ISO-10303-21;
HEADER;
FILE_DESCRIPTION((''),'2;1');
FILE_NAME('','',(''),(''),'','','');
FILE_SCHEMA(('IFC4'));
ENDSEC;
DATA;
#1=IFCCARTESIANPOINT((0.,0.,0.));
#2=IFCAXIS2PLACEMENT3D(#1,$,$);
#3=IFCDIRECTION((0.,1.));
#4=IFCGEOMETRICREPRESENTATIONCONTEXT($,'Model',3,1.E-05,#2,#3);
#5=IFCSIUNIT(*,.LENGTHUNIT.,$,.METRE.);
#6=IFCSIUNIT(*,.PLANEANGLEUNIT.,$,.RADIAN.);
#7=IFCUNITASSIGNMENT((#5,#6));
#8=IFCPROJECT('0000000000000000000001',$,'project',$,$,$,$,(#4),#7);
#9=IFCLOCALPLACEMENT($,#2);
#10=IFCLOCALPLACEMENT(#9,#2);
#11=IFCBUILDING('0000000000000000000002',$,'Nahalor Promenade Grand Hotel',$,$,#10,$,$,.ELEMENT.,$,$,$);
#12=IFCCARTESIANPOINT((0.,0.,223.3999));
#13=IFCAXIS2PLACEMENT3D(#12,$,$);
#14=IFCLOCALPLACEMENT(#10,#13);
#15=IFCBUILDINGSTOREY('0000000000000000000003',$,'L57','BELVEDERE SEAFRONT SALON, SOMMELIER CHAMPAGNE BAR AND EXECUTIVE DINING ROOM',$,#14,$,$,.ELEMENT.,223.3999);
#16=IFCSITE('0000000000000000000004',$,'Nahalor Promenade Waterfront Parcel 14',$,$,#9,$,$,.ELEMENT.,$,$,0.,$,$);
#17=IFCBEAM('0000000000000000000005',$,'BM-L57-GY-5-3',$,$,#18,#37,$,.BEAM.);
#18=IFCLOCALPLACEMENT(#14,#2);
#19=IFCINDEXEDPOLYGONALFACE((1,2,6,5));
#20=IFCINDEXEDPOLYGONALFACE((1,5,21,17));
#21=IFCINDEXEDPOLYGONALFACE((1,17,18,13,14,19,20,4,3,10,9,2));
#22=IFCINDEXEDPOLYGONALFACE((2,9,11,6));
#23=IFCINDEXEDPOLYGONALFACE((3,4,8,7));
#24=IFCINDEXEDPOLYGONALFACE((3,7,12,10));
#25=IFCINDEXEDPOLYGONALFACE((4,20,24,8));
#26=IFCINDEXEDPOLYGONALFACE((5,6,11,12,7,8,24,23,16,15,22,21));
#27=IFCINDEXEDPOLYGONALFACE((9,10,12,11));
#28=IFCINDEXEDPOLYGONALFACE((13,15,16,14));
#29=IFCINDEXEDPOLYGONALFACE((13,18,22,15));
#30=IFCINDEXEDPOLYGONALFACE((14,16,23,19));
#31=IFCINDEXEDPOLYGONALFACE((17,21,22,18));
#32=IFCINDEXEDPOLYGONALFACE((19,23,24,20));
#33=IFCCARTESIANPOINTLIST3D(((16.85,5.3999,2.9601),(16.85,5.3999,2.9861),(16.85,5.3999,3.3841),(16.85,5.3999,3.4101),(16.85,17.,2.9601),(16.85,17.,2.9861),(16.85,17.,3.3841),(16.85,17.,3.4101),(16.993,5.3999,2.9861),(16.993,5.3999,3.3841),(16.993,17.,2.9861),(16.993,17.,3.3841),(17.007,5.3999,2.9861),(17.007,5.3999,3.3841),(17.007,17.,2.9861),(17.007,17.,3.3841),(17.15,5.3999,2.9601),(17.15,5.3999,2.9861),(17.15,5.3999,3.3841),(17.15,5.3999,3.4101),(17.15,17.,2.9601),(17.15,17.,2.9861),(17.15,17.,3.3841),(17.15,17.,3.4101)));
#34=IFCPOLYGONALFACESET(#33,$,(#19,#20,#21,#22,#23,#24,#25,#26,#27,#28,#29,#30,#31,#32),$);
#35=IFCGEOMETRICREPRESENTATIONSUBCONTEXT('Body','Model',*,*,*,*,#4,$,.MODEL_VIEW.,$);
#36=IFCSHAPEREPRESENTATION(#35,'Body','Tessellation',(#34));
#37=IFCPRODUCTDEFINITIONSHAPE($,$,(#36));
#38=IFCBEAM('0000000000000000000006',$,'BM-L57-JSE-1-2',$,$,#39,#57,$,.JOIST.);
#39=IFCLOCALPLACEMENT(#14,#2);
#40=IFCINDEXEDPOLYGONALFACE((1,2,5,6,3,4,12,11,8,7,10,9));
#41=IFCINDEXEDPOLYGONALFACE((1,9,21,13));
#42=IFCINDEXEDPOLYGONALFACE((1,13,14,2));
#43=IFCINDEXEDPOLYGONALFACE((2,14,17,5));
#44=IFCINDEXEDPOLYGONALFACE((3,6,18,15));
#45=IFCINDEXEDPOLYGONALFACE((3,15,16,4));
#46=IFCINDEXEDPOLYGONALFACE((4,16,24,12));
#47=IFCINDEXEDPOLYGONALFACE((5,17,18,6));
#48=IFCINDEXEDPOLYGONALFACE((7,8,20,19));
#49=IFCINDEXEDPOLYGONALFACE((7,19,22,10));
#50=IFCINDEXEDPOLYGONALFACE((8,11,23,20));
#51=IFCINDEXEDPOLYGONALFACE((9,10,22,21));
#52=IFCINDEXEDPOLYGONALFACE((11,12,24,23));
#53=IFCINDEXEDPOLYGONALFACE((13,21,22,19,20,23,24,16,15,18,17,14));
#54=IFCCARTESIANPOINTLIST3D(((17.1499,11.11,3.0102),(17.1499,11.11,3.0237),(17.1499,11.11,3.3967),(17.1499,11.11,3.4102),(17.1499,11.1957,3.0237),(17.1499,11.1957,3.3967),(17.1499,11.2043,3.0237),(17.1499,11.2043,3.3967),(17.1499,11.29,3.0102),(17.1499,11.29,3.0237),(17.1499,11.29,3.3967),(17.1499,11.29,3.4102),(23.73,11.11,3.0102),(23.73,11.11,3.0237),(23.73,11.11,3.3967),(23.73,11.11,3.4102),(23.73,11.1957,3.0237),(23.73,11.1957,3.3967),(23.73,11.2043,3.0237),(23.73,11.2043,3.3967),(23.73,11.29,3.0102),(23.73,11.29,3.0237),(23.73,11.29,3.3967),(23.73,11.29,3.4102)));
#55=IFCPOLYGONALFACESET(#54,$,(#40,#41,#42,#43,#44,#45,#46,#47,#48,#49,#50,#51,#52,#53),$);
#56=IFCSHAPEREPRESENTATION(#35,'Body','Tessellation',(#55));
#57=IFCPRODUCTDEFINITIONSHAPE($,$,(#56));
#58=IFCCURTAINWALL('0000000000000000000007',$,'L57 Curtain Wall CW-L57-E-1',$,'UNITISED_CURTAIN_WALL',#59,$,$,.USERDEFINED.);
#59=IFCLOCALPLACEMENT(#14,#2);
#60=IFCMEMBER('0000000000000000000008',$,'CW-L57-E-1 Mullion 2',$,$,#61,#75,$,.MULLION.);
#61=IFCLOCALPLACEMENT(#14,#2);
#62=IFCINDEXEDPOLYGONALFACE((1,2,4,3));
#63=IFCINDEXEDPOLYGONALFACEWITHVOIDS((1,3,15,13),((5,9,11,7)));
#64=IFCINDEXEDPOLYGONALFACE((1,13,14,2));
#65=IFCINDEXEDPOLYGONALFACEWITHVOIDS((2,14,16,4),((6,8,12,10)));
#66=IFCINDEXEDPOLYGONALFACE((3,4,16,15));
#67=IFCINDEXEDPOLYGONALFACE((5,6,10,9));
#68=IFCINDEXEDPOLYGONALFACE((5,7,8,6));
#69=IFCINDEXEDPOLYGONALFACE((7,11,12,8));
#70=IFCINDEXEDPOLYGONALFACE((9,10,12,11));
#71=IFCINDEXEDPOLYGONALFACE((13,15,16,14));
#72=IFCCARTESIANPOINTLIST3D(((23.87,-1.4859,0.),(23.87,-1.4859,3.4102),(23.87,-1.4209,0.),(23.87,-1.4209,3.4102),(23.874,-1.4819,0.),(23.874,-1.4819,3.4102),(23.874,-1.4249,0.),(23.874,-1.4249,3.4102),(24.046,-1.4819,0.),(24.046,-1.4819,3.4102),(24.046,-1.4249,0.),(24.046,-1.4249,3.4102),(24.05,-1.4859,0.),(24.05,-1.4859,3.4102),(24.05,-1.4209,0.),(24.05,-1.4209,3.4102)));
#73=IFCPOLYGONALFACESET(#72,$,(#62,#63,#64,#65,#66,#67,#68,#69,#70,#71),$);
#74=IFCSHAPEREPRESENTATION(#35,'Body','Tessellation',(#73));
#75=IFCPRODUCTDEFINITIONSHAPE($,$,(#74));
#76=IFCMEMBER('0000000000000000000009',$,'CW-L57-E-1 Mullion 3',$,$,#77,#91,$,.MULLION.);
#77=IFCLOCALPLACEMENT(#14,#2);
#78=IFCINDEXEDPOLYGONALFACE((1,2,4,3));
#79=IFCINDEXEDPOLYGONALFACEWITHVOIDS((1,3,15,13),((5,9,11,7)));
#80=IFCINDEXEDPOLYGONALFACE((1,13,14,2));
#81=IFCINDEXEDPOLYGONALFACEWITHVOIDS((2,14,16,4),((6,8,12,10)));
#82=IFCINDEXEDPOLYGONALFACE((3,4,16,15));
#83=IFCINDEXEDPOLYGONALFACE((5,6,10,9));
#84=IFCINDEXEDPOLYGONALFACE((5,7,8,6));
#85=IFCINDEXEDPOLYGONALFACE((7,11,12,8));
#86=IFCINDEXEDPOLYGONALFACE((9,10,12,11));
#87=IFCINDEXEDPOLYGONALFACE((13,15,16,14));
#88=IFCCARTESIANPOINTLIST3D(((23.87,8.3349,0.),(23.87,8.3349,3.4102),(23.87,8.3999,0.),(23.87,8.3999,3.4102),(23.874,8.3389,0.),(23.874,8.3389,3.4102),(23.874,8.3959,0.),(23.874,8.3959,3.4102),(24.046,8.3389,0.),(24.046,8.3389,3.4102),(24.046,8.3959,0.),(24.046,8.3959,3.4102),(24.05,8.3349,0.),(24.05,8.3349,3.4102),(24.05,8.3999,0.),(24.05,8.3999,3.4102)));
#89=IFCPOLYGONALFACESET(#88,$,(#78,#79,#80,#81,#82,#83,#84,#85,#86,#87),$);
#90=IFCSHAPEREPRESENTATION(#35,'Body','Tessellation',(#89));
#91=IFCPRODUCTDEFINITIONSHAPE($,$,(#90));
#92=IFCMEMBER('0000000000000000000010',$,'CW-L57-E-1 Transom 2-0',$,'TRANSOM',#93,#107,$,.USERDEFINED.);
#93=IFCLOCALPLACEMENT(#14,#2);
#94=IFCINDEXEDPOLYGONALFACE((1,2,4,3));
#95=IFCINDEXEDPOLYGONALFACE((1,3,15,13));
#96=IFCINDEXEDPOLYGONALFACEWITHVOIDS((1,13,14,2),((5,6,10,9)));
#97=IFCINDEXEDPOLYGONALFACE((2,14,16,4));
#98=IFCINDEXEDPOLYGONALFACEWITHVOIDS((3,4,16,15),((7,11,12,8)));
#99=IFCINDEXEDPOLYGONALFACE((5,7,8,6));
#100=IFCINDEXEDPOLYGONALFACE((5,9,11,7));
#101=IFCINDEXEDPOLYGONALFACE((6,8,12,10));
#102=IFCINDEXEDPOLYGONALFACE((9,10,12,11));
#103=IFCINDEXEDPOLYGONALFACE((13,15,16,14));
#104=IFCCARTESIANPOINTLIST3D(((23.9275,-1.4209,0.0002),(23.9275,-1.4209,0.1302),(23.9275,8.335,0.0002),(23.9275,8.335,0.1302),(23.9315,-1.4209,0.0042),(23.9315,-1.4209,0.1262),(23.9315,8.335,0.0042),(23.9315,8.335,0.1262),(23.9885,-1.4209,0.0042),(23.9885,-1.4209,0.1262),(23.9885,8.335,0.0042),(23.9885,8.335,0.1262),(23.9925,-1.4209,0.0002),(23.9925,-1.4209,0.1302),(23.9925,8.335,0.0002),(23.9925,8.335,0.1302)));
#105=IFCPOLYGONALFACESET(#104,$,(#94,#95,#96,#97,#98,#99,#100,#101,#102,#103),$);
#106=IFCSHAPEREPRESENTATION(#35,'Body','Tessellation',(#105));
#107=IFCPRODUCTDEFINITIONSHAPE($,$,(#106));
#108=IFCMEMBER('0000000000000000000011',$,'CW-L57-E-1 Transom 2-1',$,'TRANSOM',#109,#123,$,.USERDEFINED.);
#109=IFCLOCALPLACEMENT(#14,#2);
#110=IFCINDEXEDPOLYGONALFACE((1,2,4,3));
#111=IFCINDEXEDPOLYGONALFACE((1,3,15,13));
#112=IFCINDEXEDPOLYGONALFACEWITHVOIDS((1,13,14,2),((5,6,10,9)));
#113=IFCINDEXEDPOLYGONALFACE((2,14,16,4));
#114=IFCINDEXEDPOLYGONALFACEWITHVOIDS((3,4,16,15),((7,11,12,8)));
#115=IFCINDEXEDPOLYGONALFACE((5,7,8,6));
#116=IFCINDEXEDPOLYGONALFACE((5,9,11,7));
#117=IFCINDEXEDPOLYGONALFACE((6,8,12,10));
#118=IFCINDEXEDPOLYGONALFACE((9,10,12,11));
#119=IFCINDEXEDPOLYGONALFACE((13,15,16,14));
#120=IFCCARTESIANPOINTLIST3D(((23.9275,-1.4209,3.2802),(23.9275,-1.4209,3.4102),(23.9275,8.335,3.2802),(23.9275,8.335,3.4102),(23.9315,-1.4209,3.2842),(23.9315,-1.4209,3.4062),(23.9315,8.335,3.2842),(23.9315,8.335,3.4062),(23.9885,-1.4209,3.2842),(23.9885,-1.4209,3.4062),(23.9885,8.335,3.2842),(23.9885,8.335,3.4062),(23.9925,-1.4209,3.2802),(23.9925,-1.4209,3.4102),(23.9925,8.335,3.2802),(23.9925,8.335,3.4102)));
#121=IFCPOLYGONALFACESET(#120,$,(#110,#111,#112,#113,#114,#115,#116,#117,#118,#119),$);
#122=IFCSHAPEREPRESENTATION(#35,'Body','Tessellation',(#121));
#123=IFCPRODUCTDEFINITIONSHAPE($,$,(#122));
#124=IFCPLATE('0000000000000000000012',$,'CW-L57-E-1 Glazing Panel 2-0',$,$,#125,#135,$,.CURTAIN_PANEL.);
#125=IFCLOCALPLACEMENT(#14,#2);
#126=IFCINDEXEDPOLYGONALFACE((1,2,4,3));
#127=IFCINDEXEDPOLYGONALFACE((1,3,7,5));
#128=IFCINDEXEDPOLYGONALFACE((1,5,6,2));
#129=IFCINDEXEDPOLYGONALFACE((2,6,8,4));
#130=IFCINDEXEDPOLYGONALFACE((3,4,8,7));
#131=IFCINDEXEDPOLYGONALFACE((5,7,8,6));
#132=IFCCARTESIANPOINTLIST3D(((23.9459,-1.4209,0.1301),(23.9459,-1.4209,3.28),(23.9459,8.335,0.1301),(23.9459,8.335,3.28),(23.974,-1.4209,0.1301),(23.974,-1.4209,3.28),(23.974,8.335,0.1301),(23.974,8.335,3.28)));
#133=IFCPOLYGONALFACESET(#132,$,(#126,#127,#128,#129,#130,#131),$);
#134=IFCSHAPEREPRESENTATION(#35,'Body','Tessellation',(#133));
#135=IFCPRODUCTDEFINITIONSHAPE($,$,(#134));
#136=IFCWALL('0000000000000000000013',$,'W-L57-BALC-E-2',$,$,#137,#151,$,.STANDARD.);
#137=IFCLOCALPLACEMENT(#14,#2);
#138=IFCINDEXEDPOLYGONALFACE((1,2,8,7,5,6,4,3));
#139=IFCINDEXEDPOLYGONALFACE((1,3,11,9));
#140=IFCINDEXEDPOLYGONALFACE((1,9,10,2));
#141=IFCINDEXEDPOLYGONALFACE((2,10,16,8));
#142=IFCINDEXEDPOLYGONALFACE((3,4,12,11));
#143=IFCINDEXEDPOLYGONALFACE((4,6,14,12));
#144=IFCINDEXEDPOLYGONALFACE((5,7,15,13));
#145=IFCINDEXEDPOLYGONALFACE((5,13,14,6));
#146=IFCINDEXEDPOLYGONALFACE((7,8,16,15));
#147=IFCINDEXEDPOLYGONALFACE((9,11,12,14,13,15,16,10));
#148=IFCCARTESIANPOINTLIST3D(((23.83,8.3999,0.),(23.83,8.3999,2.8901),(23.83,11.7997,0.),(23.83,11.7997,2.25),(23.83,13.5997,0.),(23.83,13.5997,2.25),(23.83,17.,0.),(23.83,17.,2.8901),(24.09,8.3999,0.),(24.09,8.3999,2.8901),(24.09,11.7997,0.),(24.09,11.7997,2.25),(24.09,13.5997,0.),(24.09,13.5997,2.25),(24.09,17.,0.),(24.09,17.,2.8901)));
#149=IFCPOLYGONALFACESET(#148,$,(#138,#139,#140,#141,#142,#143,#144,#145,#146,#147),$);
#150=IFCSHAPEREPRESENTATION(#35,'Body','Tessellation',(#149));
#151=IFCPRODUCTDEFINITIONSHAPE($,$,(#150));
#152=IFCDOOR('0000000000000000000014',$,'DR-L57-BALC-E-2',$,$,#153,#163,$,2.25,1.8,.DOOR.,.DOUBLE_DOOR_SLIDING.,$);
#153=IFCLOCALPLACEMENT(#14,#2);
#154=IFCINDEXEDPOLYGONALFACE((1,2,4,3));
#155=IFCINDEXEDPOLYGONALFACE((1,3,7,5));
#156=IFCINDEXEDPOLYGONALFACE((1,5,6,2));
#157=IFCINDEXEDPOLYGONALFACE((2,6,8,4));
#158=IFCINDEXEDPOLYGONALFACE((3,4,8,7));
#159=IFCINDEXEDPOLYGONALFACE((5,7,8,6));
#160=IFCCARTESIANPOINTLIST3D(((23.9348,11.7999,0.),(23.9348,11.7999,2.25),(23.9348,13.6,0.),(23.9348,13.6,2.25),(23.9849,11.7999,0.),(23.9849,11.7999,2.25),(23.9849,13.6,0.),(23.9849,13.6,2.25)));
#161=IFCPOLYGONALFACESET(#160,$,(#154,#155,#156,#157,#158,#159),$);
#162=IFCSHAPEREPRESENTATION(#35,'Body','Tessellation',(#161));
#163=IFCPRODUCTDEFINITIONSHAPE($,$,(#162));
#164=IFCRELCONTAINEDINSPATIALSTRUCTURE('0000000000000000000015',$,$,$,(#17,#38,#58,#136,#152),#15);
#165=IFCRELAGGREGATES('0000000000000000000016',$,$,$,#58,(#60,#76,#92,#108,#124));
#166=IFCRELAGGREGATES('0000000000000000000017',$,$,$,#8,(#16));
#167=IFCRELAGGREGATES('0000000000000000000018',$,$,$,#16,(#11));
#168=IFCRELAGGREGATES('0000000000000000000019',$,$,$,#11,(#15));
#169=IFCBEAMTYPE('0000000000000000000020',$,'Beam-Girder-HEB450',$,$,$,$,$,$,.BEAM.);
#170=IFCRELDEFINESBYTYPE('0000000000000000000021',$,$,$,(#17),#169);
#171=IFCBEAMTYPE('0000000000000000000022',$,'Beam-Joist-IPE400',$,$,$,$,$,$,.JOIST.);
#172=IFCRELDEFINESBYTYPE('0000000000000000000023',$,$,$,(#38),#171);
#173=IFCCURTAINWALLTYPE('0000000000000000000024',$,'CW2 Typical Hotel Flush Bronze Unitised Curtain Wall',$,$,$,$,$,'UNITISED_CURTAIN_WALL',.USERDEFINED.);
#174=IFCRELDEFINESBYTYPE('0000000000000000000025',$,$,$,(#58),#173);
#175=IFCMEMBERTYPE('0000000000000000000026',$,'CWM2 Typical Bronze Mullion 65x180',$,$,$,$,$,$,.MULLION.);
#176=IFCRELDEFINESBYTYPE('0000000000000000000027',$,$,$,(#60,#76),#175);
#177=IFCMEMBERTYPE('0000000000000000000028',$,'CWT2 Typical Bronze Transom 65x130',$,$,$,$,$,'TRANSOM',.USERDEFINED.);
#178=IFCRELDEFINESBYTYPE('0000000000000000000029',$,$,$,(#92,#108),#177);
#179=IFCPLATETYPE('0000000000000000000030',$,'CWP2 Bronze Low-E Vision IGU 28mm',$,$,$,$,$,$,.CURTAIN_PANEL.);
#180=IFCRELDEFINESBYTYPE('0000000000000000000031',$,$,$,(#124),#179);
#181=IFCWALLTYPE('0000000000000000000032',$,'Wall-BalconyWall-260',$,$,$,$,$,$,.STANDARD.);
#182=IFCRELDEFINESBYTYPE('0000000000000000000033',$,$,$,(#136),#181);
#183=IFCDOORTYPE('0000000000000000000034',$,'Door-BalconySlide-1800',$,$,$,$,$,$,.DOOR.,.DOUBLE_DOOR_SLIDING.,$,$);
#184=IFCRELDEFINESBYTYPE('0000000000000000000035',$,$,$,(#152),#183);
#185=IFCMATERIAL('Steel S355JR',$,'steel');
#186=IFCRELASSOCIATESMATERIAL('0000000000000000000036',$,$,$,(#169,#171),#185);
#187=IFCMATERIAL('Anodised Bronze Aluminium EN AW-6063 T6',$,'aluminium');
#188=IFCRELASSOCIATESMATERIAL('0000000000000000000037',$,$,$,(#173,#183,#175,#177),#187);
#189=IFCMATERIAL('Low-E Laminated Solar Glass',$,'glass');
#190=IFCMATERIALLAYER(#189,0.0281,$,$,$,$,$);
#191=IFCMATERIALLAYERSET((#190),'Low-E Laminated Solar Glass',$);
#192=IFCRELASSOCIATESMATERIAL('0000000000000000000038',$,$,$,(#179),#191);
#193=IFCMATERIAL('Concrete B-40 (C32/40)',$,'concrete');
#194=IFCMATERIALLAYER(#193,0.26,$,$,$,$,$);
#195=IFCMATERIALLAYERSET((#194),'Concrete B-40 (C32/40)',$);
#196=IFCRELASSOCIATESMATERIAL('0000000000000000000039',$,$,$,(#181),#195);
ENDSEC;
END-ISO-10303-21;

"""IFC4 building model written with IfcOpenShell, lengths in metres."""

from ifc_helpers import new_model, si_unit, direction, frame, frame_2d, origin, origin_2d, place, context, subcontext, project, spatial, rectangle, hollow_rectangle, i_section, extrude, source, transform, mapped, material, layer, layer_set, material_profile, profile_set, type_object, element, fill, aggregate, save


model = new_model("IFC4")

# Units and contexts
model_context = context("Model", 3, precision=1e-05, world=origin(), true_north=direction((0.0, 1.0)))
body_context = subcontext(model_context, "Body", "Model", "MODEL_VIEW")
ifc_project = project(units=[si_unit("LENGTHUNIT", "METRE"), si_unit("PLANEANGLEUNIT", "RADIAN")], contexts=[model_context])

# Site, building, storey
site_placement = place(None, origin())
site = spatial("IfcSite", under=ifc_project, at=site_placement, Name="Nahalor Promenade Waterfront Parcel 14", CompositionType="ELEMENT", RefElevation=0.0)
building_placement = place(site_placement, origin())
building = spatial("IfcBuilding", under=site, at=building_placement, Name="Nahalor Promenade Grand Hotel", CompositionType="ELEMENT")
storey_placement = place(building_placement, frame((0.0, 0.0, 223.3999)))
storey = spatial("IfcBuildingStorey", under=building, at=storey_placement, Name="L57", Description="BELVEDERE SEAFRONT SALON, SOMMELIER CHAMPAGNE BAR AND EXECUTIVE DINING ROOM", CompositionType="ELEMENT", Elevation=223.3999)

# Shared definitions
ifc_material_1 = material(Name="Steel S355JR", Category="steel")

# Beams
ifc_material_profile_1 = material_profile(ifc_material_1, i_section(OverallWidth=0.3, OverallDepth=0.45, WebThickness=0.014, FlangeThickness=0.026, at=origin_2d()), Name="HEB 450")
ifc_profile_set_1 = profile_set([ifc_material_profile_1], Name="Steel S355JR")
beam_type_1 = type_object("IfcBeamType", Name="Beam-Girder-HEB450", PredefinedType="BEAM", material=ifc_profile_set_1)
shared_shape_1 = source(origin(), body_context, "Body", "SweptSolid", [
    extrude(i_section(OverallWidth=0.3, OverallDepth=0.45, WebThickness=0.014, FlangeThickness=0.026, at=origin_2d()), origin(), (0.0, 0.0, 1.0), 11.6001),
])
beam_1_placement = place(storey_placement, frame((17.0, 5.3999, 3.1851), z_axis=(0.0, 1.0, 0.0), x_axis=(-1.0, 0.0, 0.0)))
element("IfcBeam", 1, at=beam_1_placement, inside=storey, type_object=beam_type_1, Name="BM-L57-GY-5-3", PredefinedType="BEAM", context=body_context, shape_type="MappedRepresentation", body=[
    mapped(shared_shape_1, transform((0.0, 0.0, 0.0), scale=1.0)),
])
ifc_material_profile_2 = material_profile(ifc_material_1, i_section(OverallWidth=0.18, OverallDepth=0.4, WebThickness=0.0086, FlangeThickness=0.0135, at=origin_2d()), Name="IPE 400")
ifc_profile_set_2 = profile_set([ifc_material_profile_2], Name="Steel S355JR")
beam_type_2 = type_object("IfcBeamType", Name="Beam-Joist-IPE400", PredefinedType="JOIST", material=ifc_profile_set_2)
shared_shape_2 = source(origin(), body_context, "Body", "SweptSolid", [
    extrude(i_section(OverallWidth=0.18, OverallDepth=0.4, WebThickness=0.0086, FlangeThickness=0.0135, at=origin_2d()), origin(), (0.0, 0.0, 1.0), 6.5801),
])
beam_2_placement = place(storey_placement, frame((17.1499, 11.2, 3.2102), z_axis=(1.0, 0.0, 0.0), x_axis=(0.0, 1.0, 0.0)))
element("IfcBeam", 2, at=beam_2_placement, inside=storey, type_object=beam_type_2, Name="BM-L57-JSE-1-2", PredefinedType="JOIST", context=body_context, shape_type="MappedRepresentation", body=[
    mapped(shared_shape_2, transform((0.0, 0.0, 0.0), scale=1.0)),
])

# Curtain wall, members, plate
ifc_material_2 = material(Name="Anodised Bronze Aluminium EN AW-6063 T6", Category="aluminium")
curtain_wall_type = type_object("IfcCurtainWallType", Name="CW2 Typical Hotel Flush Bronze Unitised Curtain Wall", ElementType="UNITISED_CURTAIN_WALL", PredefinedType="USERDEFINED", material=ifc_material_2)
curtain_wall_placement = place(storey_placement, origin())
curtain_wall = element("IfcCurtainWall", 3, at=curtain_wall_placement, inside=storey, type_object=curtain_wall_type, Name="L57 Curtain Wall CW-L57-E-1", ObjectType="UNITISED_CURTAIN_WALL", PredefinedType="USERDEFINED")
ifc_material_profile_3 = material_profile(ifc_material_2, hollow_rectangle(XDim=0.065, YDim=0.18, WallThickness=0.004, at=origin_2d()), Name="CWM 65x180x4")
ifc_profile_set_3 = profile_set([ifc_material_profile_3], Name="Anodised Bronze Aluminium EN AW-6063 T6")
member_type_1 = type_object("IfcMemberType", Name="CWM2 Typical Bronze Mullion 65x180", PredefinedType="MULLION", material=ifc_profile_set_3)
shared_shape_3 = source(origin(), body_context, "Body", "SweptSolid", [
    extrude(hollow_rectangle(XDim=0.065, YDim=0.18, WallThickness=0.004, at=origin_2d()), origin(), (0.0, 0.0, 1.0), 3.4102),
])
member_1_placement = place(storey_placement, frame((23.96, -1.4534, 0.0), z_axis=(0.0, 0.0, 1.0), x_axis=(0.0, 1.0, 0.0)))
member_1 = element("IfcMember", 4, at=member_1_placement, type_object=member_type_1, Name="CW-L57-E-1 Mullion 2", PredefinedType="MULLION", context=body_context, shape_type="MappedRepresentation", body=[
    mapped(shared_shape_3, transform((0.0, 0.0, 0.0), scale=1.0)),
])
member_2_placement = place(storey_placement, frame((23.96, 8.3674, 0.0), z_axis=(0.0, 0.0, 1.0), x_axis=(0.0, 1.0, 0.0)))
member_2 = element("IfcMember", 5, at=member_2_placement, type_object=member_type_1, Name="CW-L57-E-1 Mullion 3", PredefinedType="MULLION", context=body_context, shape_type="MappedRepresentation", body=[
    mapped(shared_shape_3, transform((0.0, 0.0, 0.0), scale=1.0)),
])
ifc_material_profile_4 = material_profile(ifc_material_2, hollow_rectangle(XDim=0.065, YDim=0.13, WallThickness=0.004, at=origin_2d()), Name="CWT 65x130x4")
ifc_profile_set_4 = profile_set([ifc_material_profile_4], Name="Anodised Bronze Aluminium EN AW-6063 T6")
member_type_2 = type_object("IfcMemberType", Name="CWT2 Typical Bronze Transom 65x130", ElementType="TRANSOM", PredefinedType="USERDEFINED", material=ifc_profile_set_4)
shared_shape_4 = source(origin(), body_context, "Body", "SweptSolid", [
    extrude(hollow_rectangle(XDim=0.065, YDim=0.13, WallThickness=0.004, at=origin_2d()), origin(), (0.0, 0.0, 1.0), 9.7559),
])
member_3_placement = place(storey_placement, frame((23.96, -1.4209, 0.0652), z_axis=(0.0, 1.0, 0.0), x_axis=(-1.0, 0.0, 0.0)))
member_3 = element("IfcMember", 6, at=member_3_placement, type_object=member_type_2, Name="CW-L57-E-1 Transom 2-0", ObjectType="TRANSOM", PredefinedType="USERDEFINED", context=body_context, shape_type="MappedRepresentation", body=[
    mapped(shared_shape_4, transform((0.0, 0.0, 0.0), scale=1.0)),
])
member_4_placement = place(storey_placement, frame((23.96, -1.4209, 3.3452), z_axis=(0.0, 1.0, 0.0), x_axis=(-1.0, 0.0, 0.0)))
member_4 = element("IfcMember", 7, at=member_4_placement, type_object=member_type_2, Name="CW-L57-E-1 Transom 2-1", ObjectType="TRANSOM", PredefinedType="USERDEFINED", context=body_context, shape_type="MappedRepresentation", body=[
    mapped(shared_shape_4, transform((0.0, 0.0, 0.0), scale=1.0)),
])
ifc_material_3 = material(Name="Low-E Laminated Solar Glass", Category="glass")
ifc_layer_1 = layer(ifc_material_3, 0.0281)
ifc_layer_set_1 = layer_set([ifc_layer_1], Name="Low-E Laminated Solar Glass")
plate_type = type_object("IfcPlateType", Name="CWP2 Bronze Low-E Vision IGU 28mm", PredefinedType="CURTAIN_PANEL", material=ifc_layer_set_1)
shared_shape_5 = source(origin(), body_context, "Body", "SweptSolid", [
    extrude(rectangle(XDim=9.7559, YDim=0.0281, at=origin_2d()), origin(), (0.0, 0.0, 1.0), 3.1499),
])
plate_placement = place(storey_placement, frame((23.96, 3.457, 0.1301), z_axis=(0.0, 0.0, 1.0), x_axis=(0.0, 1.0, 0.0)))
plate = element("IfcPlate", 8, at=plate_placement, type_object=plate_type, Name="CW-L57-E-1 Glazing Panel 2-0", PredefinedType="CURTAIN_PANEL", context=body_context, shape_type="MappedRepresentation", body=[
    mapped(shared_shape_5, transform((0.0, 0.0, 0.0), scale=1.0)),
])
aggregate(curtain_wall, [member_1, member_2, member_3, member_4, plate])

# Wall, opening, door
ifc_material_4 = material(Name="Concrete B-40 (C32/40)", Category="concrete")
ifc_layer_2 = layer(ifc_material_4, 0.26)
ifc_layer_set_2 = layer_set([ifc_layer_2], Name="Concrete B-40 (C32/40)")
wall_type_1 = type_object("IfcWallType", Name="Wall-BalconyWall-260", PredefinedType="STANDARD", material=ifc_layer_set_2)
shared_shape_6 = source(origin(), body_context, "Body", "SweptSolid", [
    extrude(rectangle(XDim=8.6001, YDim=0.26, at=frame_2d((4.3, 0.0))), origin(), (0.0, 0.0, 1.0), 2.8901),
])
wall_1_placement = place(storey_placement, frame((23.96, 8.3999, 0.0), z_axis=(0.0, 0.0, 1.0), x_axis=(0.0, 1.0, 0.0)))
wall_1 = element("IfcWall", 9, at=wall_1_placement, inside=storey, type_object=wall_type_1, Name="W-L57-BALC-E-2", PredefinedType="STANDARD", context=body_context, shape_type="MappedRepresentation", body=[
    mapped(shared_shape_6, transform((0.0, 0.0, 0.0), scale=1.0)),
])
opening_1_placement = place(wall_1_placement, frame((3.3999, 0.0, 0.0)))
opening_1 = element("IfcOpeningElement", 10, at=opening_1_placement, cuts=wall_1, PredefinedType="OPENING", context=body_context, shape_type="SweptSolid", body=[
    extrude(rectangle(XDim=1.8, YDim=2.25, at=frame_2d((0.8999, 1.125))), frame((0.0, 0.1399, 0.0), z_axis=(0.0, -1.0, 0.0), x_axis=(1.0, 0.0, 0.0)), (0.0, 0.0, 1.0), 0.28),
])
door_type_1 = type_object("IfcDoorType", Name="Door-BalconySlide-1800", OperationType="DOUBLE_DOOR_SLIDING", PredefinedType="DOOR", material=ifc_material_2)
shared_shape_7 = source(origin(), body_context, "Body", "SweptSolid", [
    extrude(rectangle(XDim=1.8, YDim=2.25, at=frame_2d((0.8999, 1.125))), frame((0.0, 0.0249, 0.0), z_axis=(0.0, -1.0, 0.0), x_axis=(1.0, 0.0, 0.0)), (0.0, 0.0, 1.0), 0.05),
])
door_1_placement = place(opening_1_placement, frame((1.8, 0.0, 0.0), z_axis=(0.0, 0.0, 1.0), x_axis=(-1.0, 0.0, 0.0)))
door_1 = element("IfcDoor", 11, at=door_1_placement, inside=storey, type_object=door_type_1, Name="DR-L57-BALC-E-2", OperationType="DOUBLE_DOOR_SLIDING", OverallHeight=2.25, OverallWidth=1.8, PredefinedType="DOOR", context=body_context, shape_type="MappedRepresentation", body=[
    mapped(shared_shape_7, transform((0.0, 0.0, 0.0), scale=1.0)),
])
fill(opening_1, door_1)

save(model, "model.ifc")
